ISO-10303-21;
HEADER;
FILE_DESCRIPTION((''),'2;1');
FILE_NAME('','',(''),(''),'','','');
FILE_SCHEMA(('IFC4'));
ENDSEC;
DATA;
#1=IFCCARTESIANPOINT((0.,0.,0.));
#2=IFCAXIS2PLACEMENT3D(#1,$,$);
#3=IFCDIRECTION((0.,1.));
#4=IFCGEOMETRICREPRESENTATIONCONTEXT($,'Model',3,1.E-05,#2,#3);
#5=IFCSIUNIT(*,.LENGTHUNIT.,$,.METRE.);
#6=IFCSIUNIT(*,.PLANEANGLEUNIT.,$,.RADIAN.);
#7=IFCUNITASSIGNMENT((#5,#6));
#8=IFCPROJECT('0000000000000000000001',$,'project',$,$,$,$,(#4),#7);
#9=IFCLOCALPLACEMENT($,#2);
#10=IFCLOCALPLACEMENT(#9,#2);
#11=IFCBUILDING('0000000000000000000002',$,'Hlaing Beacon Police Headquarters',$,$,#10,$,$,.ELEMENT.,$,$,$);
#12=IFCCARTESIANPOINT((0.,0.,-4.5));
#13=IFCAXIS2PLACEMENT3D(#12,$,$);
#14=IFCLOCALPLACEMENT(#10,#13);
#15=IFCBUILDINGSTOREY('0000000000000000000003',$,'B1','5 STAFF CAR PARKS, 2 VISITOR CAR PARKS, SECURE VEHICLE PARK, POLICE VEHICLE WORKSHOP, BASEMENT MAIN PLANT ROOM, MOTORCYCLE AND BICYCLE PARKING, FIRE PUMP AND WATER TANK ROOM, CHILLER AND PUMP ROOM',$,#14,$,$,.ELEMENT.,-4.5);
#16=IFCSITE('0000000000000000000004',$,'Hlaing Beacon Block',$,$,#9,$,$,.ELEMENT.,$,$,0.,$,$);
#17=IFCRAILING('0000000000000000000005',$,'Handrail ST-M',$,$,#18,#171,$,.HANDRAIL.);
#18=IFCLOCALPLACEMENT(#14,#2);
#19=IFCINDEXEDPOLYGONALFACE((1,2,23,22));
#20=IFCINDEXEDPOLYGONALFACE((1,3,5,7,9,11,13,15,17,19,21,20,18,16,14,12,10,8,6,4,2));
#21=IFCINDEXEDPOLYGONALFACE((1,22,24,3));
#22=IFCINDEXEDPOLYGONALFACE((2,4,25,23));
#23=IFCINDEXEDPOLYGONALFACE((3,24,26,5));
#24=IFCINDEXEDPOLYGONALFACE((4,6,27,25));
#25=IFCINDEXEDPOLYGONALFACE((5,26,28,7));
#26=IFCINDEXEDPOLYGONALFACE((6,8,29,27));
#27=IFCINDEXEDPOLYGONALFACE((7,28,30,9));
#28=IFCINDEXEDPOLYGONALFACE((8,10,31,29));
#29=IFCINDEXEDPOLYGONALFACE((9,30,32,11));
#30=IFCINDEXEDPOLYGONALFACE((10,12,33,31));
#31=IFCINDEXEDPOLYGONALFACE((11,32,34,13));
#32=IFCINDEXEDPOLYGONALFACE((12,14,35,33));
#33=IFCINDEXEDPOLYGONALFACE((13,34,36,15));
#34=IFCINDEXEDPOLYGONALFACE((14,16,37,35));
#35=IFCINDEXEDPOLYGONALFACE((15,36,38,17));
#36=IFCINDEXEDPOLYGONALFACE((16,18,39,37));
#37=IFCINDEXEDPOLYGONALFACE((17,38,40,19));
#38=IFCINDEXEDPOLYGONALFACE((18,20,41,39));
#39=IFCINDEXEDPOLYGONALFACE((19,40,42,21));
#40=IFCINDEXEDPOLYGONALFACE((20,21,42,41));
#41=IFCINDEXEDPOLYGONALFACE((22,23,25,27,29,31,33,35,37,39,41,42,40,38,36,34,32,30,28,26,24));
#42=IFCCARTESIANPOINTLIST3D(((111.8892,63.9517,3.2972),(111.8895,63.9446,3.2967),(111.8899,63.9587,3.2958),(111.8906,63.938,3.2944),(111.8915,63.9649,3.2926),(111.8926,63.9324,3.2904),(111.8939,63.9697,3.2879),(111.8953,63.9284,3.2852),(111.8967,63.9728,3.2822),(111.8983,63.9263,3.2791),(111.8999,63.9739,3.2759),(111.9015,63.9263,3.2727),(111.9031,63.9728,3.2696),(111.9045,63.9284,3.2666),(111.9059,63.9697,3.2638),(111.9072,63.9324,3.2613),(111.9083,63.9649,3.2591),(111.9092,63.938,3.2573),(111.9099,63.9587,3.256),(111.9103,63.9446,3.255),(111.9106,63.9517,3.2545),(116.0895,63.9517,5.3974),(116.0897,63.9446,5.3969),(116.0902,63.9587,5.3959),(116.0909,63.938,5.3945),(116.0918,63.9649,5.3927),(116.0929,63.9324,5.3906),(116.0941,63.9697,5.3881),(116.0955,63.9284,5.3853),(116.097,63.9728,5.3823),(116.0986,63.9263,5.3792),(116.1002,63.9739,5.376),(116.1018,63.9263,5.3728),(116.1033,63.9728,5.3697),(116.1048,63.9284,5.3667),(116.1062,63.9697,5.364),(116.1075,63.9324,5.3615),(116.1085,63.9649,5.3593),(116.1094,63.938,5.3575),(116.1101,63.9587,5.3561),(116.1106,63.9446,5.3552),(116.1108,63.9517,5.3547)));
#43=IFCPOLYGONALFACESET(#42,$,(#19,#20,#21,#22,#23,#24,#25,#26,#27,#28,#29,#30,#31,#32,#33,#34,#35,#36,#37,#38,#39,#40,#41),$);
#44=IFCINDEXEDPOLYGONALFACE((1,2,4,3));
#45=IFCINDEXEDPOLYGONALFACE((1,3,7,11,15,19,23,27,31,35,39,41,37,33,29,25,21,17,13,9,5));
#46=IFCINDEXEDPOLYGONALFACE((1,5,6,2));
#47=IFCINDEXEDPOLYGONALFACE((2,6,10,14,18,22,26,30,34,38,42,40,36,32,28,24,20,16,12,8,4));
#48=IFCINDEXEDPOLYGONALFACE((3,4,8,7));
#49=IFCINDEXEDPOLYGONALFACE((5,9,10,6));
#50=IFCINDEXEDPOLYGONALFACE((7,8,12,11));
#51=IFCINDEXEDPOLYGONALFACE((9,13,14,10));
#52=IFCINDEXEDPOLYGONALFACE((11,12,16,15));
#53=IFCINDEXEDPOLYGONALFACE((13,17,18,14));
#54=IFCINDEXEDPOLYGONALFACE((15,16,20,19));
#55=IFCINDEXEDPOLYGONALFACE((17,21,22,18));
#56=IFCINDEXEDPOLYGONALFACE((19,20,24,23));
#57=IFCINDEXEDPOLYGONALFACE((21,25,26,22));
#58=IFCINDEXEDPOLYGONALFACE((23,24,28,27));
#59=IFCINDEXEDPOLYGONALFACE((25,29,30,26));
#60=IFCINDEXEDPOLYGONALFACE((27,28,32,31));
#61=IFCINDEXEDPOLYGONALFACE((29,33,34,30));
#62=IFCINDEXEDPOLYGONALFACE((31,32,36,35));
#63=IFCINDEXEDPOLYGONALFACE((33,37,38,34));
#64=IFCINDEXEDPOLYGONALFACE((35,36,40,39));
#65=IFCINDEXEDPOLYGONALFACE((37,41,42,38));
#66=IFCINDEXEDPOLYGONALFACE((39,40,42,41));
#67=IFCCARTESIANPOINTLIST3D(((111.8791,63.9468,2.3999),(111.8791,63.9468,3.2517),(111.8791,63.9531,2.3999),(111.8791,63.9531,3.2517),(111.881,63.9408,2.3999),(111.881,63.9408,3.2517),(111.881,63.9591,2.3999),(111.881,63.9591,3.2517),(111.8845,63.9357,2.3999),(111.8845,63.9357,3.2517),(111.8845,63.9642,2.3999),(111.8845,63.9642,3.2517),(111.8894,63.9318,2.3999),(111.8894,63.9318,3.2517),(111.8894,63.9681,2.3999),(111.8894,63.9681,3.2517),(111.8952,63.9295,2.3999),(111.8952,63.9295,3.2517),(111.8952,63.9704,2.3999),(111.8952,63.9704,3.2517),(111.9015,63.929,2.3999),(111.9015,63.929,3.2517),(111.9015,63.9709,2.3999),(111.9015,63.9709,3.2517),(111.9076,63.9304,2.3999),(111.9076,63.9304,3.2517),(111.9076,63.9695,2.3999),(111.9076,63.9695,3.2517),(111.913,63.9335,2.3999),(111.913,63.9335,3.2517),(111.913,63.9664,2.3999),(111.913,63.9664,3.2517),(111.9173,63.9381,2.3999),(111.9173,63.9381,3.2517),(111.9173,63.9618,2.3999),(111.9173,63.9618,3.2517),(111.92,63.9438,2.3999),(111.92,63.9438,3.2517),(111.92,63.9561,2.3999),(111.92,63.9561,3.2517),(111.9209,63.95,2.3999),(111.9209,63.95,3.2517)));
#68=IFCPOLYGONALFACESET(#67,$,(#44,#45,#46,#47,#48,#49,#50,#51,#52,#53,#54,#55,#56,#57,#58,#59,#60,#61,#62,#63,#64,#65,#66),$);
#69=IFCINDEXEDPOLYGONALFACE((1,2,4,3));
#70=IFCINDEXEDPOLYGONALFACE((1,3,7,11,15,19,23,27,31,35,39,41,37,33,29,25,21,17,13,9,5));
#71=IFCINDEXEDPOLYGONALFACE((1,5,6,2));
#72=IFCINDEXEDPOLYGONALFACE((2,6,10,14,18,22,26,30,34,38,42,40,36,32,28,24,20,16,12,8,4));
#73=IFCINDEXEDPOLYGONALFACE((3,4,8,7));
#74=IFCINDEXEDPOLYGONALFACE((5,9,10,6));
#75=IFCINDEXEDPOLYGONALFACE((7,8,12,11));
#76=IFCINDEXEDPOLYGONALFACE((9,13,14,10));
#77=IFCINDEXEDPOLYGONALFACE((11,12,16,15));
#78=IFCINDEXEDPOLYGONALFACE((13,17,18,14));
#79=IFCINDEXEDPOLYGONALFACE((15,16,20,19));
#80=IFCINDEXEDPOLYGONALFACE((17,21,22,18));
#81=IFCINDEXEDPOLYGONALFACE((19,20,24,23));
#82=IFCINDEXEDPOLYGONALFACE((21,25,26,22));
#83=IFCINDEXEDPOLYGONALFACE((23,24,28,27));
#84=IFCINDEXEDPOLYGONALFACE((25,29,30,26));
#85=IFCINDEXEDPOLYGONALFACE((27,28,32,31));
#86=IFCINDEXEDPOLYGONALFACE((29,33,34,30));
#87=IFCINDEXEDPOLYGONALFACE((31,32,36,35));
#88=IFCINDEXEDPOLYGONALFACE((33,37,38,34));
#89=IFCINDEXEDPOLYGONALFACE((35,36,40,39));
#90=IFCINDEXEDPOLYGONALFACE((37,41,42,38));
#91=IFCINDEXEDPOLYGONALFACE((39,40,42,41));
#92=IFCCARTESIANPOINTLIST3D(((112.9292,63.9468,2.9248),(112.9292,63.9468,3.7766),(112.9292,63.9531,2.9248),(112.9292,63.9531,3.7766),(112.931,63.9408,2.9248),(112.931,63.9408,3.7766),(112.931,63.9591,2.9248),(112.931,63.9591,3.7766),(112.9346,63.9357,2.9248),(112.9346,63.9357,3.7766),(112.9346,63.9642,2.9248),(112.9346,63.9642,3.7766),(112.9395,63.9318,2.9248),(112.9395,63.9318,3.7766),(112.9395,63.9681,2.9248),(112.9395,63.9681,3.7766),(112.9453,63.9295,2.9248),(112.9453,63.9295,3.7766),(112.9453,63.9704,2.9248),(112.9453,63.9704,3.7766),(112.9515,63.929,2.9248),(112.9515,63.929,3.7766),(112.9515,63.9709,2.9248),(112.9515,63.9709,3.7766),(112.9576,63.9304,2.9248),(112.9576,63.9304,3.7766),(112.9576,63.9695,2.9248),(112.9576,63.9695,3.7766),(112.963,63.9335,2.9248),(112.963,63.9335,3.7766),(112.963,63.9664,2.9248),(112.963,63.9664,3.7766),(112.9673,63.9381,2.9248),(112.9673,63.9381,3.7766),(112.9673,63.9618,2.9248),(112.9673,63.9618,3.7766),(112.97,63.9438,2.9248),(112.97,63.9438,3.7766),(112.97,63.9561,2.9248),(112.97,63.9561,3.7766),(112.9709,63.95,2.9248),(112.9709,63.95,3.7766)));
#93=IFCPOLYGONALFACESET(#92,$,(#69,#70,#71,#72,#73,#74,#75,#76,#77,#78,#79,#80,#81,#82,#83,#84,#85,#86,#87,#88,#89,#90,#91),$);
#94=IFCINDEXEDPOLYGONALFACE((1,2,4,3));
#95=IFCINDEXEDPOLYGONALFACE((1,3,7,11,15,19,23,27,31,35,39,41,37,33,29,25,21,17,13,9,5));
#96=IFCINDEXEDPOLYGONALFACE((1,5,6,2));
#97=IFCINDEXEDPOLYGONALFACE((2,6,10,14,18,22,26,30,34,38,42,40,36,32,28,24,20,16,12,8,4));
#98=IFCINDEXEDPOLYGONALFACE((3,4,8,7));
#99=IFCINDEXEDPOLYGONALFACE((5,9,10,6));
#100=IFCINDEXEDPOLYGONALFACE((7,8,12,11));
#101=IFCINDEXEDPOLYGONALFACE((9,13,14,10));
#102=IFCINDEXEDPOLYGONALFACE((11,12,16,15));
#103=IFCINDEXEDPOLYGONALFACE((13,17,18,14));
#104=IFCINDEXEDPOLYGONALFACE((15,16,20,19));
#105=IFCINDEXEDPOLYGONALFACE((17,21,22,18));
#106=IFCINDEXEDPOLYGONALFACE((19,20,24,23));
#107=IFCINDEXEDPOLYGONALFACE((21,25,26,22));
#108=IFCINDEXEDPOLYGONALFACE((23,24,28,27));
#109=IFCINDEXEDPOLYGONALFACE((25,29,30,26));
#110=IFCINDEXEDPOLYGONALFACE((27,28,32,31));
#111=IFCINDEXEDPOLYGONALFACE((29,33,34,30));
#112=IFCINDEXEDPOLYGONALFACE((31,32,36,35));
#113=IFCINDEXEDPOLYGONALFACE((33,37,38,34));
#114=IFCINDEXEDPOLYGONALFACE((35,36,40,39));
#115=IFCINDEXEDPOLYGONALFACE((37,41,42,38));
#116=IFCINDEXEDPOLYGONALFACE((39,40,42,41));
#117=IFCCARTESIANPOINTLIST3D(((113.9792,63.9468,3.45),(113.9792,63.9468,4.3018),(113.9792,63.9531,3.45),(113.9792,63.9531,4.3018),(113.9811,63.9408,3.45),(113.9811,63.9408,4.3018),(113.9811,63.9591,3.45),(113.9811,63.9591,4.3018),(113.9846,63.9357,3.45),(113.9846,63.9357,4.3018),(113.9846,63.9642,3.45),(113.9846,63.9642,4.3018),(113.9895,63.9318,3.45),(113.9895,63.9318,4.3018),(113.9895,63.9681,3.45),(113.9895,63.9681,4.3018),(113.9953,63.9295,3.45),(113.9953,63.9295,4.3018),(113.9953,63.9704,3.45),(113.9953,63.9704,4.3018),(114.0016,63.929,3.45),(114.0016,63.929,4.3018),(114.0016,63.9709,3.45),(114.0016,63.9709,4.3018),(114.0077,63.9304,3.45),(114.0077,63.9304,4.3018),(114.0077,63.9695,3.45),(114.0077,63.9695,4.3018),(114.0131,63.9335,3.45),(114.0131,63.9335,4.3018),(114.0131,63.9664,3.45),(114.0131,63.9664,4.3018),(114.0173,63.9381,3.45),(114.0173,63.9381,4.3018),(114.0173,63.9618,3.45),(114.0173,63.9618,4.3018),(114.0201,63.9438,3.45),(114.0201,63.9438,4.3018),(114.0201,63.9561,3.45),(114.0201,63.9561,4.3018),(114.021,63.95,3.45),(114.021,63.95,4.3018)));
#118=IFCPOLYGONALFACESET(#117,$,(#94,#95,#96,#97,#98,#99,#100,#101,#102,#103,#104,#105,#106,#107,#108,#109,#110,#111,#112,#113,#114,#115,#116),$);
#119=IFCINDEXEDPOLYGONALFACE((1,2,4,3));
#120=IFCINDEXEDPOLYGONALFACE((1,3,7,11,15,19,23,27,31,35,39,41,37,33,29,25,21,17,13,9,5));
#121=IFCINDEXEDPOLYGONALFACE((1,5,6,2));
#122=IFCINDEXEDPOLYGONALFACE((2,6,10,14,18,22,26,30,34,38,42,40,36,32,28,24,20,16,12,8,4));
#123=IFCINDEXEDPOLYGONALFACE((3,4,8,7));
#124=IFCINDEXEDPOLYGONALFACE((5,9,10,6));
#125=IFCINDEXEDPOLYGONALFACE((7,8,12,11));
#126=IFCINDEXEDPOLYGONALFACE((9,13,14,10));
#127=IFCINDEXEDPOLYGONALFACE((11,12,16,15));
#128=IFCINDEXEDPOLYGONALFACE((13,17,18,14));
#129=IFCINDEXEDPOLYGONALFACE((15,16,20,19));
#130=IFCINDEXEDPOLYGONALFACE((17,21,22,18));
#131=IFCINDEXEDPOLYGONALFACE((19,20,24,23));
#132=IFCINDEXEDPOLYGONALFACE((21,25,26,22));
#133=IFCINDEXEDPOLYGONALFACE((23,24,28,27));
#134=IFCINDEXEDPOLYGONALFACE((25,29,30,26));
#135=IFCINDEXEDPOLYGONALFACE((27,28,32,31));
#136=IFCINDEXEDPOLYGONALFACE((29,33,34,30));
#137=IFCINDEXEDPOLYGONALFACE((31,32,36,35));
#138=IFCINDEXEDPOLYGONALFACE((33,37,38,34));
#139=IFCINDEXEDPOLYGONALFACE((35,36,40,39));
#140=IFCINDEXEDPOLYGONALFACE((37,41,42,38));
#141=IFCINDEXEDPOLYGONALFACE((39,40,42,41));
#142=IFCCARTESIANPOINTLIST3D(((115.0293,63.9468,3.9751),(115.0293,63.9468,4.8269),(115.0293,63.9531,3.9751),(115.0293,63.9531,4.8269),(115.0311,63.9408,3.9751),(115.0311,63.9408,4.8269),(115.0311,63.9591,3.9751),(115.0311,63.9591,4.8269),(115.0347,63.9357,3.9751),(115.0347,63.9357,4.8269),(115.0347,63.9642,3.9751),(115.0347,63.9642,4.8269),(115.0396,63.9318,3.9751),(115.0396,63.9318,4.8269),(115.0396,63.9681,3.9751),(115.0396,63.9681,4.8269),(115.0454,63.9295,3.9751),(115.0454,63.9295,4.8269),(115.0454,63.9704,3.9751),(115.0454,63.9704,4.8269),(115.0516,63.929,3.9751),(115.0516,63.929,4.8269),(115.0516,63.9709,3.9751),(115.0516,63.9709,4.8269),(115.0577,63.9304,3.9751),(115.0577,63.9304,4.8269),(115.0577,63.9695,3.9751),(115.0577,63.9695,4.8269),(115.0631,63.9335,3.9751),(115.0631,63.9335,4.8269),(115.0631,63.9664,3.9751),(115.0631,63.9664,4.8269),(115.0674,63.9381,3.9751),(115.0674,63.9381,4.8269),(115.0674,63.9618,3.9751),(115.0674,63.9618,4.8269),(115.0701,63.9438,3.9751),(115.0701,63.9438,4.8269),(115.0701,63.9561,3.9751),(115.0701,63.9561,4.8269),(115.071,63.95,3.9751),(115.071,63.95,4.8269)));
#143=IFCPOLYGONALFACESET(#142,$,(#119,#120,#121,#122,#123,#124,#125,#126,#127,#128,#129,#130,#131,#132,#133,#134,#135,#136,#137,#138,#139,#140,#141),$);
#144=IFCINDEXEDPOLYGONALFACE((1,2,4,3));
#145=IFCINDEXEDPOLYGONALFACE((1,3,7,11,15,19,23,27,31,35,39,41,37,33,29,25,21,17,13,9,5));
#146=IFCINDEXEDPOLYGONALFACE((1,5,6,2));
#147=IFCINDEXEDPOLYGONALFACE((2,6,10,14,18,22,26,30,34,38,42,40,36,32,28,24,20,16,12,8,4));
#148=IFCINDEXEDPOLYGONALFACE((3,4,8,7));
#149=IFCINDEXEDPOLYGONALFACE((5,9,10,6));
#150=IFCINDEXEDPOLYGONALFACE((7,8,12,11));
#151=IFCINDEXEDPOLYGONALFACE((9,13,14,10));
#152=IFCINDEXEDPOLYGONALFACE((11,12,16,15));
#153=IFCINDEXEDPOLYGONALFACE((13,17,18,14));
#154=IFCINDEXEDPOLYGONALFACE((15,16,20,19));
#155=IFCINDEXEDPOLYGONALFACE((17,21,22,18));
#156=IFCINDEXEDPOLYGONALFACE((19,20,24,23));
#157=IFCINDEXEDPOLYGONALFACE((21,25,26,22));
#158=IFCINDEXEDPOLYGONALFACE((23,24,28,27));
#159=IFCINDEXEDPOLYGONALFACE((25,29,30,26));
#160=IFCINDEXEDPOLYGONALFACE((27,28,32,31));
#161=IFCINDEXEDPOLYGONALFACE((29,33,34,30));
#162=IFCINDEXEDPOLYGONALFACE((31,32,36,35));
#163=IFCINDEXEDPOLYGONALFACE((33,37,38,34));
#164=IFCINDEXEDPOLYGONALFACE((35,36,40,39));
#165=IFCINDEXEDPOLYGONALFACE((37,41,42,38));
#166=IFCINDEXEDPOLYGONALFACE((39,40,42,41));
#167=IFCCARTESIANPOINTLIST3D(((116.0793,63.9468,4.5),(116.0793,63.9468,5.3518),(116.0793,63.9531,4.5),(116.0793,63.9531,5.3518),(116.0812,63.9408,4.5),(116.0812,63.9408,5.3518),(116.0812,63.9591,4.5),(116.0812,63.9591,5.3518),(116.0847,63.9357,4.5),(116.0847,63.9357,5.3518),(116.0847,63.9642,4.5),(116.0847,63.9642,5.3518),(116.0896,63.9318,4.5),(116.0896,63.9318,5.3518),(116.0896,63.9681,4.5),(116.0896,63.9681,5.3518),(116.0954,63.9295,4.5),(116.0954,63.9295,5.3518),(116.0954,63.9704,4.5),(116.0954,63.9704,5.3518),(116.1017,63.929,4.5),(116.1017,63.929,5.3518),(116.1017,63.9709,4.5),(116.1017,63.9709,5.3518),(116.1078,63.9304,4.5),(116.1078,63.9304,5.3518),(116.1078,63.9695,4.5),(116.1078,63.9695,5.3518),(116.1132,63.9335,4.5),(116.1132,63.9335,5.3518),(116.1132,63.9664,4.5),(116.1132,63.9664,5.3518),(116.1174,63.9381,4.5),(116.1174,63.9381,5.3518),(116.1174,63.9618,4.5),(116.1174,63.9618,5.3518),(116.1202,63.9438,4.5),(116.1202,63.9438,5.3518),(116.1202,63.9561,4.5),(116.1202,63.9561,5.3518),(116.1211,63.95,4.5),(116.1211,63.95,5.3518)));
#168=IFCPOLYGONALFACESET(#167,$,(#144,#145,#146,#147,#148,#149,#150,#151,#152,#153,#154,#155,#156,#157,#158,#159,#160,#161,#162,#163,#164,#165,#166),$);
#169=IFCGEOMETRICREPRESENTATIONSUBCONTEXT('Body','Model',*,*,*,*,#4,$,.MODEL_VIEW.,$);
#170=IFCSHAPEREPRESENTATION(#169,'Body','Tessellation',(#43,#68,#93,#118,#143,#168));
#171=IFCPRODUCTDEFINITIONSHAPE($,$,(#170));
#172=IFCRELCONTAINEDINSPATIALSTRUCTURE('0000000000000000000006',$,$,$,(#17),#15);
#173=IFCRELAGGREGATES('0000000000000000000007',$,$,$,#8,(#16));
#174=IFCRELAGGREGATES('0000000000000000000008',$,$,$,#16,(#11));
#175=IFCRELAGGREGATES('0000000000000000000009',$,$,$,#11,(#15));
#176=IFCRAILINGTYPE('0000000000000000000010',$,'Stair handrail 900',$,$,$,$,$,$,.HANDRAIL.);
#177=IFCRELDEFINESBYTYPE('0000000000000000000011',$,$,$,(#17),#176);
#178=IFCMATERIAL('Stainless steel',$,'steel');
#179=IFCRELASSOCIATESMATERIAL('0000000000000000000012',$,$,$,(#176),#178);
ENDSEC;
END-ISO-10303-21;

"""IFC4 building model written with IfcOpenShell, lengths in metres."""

from ifc_helpers import new_model, si_unit, direction, frame, origin, origin_2d, place, context, subcontext, project, spatial, circle, extrude, material, type_object, element, save


model = new_model("IFC4")

# Units and contexts
model_context = context("Model", 3, precision=1e-05, world=origin(), true_north=direction((0.0, 1.0)))
body_context = subcontext(model_context, "Body", "Model", "MODEL_VIEW")
ifc_project = project(units=[si_unit("LENGTHUNIT", "METRE"), si_unit("PLANEANGLEUNIT", "RADIAN")], contexts=[model_context])

# Site, building, storey
site_placement = place(None, origin())
site = spatial("IfcSite", under=ifc_project, at=site_placement, Name="Hlaing Beacon Block", CompositionType="ELEMENT", RefElevation=0.0)
building_placement = place(site_placement, origin())
building = spatial("IfcBuilding", under=site, at=building_placement, Name="Hlaing Beacon Police Headquarters", CompositionType="ELEMENT")
storey_placement = place(building_placement, frame((0.0, 0.0, -4.5)))
storey = spatial("IfcBuildingStorey", under=building, at=storey_placement, Name="B1", Description="5 STAFF CAR PARKS, 2 VISITOR CAR PARKS, SECURE VEHICLE PARK, POLICE VEHICLE WORKSHOP, BASEMENT MAIN PLANT ROOM, MOTORCYCLE AND BICYCLE PARKING, FIRE PUMP AND WATER TANK ROOM, CHILLER AND PUMP ROOM", CompositionType="ELEMENT", Elevation=-4.5)

# Railing
ifc_material_1 = material(Name="Stainless steel", Category="steel")
railing_type = type_object("IfcRailingType", Name="Stair handrail 900", PredefinedType="HANDRAIL", material=ifc_material_1)
for number, where, name in (
    (1, (111.8999, 63.95, 2.3999), "Handrail ST-M"),
):
    element("IfcRailing", number, at=place(storey_placement, frame(where)), inside=storey, type_object=railing_type, Name=name, PredefinedType="HANDRAIL", context=body_context, shape_type="SweptSolid", body=[
        extrude(circle(Radius=0.0239, at=origin_2d()), frame((0.0, 0.0, 0.876), z_axis=(0.894427, 0.0, 0.447214), x_axis=(0.0, 1.0, 0.0)), (0.0, 0.0, 1.0), 4.696),
        extrude(circle(Radius=0.021, at=origin_2d()), origin(), (0.0, 0.0, 1.0), 0.8518),
        extrude(circle(Radius=0.021, at=origin_2d()), frame((1.05, 0.0, 0.5249)), (0.0, 0.0, 1.0), 0.8518),
        extrude(circle(Radius=0.021, at=origin_2d()), frame((2.1001, 0.0, 1.05)), (0.0, 0.0, 1.0), 0.8518),
        extrude(circle(Radius=0.021, at=origin_2d()), frame((3.1501, 0.0, 1.5752)), (0.0, 0.0, 1.0), 0.8518),
        extrude(circle(Radius=0.021, at=origin_2d()), frame((4.2002, 0.0, 2.1001)), (0.0, 0.0, 1.0), 0.8518),
    ])

save(model, "model.ifc")
